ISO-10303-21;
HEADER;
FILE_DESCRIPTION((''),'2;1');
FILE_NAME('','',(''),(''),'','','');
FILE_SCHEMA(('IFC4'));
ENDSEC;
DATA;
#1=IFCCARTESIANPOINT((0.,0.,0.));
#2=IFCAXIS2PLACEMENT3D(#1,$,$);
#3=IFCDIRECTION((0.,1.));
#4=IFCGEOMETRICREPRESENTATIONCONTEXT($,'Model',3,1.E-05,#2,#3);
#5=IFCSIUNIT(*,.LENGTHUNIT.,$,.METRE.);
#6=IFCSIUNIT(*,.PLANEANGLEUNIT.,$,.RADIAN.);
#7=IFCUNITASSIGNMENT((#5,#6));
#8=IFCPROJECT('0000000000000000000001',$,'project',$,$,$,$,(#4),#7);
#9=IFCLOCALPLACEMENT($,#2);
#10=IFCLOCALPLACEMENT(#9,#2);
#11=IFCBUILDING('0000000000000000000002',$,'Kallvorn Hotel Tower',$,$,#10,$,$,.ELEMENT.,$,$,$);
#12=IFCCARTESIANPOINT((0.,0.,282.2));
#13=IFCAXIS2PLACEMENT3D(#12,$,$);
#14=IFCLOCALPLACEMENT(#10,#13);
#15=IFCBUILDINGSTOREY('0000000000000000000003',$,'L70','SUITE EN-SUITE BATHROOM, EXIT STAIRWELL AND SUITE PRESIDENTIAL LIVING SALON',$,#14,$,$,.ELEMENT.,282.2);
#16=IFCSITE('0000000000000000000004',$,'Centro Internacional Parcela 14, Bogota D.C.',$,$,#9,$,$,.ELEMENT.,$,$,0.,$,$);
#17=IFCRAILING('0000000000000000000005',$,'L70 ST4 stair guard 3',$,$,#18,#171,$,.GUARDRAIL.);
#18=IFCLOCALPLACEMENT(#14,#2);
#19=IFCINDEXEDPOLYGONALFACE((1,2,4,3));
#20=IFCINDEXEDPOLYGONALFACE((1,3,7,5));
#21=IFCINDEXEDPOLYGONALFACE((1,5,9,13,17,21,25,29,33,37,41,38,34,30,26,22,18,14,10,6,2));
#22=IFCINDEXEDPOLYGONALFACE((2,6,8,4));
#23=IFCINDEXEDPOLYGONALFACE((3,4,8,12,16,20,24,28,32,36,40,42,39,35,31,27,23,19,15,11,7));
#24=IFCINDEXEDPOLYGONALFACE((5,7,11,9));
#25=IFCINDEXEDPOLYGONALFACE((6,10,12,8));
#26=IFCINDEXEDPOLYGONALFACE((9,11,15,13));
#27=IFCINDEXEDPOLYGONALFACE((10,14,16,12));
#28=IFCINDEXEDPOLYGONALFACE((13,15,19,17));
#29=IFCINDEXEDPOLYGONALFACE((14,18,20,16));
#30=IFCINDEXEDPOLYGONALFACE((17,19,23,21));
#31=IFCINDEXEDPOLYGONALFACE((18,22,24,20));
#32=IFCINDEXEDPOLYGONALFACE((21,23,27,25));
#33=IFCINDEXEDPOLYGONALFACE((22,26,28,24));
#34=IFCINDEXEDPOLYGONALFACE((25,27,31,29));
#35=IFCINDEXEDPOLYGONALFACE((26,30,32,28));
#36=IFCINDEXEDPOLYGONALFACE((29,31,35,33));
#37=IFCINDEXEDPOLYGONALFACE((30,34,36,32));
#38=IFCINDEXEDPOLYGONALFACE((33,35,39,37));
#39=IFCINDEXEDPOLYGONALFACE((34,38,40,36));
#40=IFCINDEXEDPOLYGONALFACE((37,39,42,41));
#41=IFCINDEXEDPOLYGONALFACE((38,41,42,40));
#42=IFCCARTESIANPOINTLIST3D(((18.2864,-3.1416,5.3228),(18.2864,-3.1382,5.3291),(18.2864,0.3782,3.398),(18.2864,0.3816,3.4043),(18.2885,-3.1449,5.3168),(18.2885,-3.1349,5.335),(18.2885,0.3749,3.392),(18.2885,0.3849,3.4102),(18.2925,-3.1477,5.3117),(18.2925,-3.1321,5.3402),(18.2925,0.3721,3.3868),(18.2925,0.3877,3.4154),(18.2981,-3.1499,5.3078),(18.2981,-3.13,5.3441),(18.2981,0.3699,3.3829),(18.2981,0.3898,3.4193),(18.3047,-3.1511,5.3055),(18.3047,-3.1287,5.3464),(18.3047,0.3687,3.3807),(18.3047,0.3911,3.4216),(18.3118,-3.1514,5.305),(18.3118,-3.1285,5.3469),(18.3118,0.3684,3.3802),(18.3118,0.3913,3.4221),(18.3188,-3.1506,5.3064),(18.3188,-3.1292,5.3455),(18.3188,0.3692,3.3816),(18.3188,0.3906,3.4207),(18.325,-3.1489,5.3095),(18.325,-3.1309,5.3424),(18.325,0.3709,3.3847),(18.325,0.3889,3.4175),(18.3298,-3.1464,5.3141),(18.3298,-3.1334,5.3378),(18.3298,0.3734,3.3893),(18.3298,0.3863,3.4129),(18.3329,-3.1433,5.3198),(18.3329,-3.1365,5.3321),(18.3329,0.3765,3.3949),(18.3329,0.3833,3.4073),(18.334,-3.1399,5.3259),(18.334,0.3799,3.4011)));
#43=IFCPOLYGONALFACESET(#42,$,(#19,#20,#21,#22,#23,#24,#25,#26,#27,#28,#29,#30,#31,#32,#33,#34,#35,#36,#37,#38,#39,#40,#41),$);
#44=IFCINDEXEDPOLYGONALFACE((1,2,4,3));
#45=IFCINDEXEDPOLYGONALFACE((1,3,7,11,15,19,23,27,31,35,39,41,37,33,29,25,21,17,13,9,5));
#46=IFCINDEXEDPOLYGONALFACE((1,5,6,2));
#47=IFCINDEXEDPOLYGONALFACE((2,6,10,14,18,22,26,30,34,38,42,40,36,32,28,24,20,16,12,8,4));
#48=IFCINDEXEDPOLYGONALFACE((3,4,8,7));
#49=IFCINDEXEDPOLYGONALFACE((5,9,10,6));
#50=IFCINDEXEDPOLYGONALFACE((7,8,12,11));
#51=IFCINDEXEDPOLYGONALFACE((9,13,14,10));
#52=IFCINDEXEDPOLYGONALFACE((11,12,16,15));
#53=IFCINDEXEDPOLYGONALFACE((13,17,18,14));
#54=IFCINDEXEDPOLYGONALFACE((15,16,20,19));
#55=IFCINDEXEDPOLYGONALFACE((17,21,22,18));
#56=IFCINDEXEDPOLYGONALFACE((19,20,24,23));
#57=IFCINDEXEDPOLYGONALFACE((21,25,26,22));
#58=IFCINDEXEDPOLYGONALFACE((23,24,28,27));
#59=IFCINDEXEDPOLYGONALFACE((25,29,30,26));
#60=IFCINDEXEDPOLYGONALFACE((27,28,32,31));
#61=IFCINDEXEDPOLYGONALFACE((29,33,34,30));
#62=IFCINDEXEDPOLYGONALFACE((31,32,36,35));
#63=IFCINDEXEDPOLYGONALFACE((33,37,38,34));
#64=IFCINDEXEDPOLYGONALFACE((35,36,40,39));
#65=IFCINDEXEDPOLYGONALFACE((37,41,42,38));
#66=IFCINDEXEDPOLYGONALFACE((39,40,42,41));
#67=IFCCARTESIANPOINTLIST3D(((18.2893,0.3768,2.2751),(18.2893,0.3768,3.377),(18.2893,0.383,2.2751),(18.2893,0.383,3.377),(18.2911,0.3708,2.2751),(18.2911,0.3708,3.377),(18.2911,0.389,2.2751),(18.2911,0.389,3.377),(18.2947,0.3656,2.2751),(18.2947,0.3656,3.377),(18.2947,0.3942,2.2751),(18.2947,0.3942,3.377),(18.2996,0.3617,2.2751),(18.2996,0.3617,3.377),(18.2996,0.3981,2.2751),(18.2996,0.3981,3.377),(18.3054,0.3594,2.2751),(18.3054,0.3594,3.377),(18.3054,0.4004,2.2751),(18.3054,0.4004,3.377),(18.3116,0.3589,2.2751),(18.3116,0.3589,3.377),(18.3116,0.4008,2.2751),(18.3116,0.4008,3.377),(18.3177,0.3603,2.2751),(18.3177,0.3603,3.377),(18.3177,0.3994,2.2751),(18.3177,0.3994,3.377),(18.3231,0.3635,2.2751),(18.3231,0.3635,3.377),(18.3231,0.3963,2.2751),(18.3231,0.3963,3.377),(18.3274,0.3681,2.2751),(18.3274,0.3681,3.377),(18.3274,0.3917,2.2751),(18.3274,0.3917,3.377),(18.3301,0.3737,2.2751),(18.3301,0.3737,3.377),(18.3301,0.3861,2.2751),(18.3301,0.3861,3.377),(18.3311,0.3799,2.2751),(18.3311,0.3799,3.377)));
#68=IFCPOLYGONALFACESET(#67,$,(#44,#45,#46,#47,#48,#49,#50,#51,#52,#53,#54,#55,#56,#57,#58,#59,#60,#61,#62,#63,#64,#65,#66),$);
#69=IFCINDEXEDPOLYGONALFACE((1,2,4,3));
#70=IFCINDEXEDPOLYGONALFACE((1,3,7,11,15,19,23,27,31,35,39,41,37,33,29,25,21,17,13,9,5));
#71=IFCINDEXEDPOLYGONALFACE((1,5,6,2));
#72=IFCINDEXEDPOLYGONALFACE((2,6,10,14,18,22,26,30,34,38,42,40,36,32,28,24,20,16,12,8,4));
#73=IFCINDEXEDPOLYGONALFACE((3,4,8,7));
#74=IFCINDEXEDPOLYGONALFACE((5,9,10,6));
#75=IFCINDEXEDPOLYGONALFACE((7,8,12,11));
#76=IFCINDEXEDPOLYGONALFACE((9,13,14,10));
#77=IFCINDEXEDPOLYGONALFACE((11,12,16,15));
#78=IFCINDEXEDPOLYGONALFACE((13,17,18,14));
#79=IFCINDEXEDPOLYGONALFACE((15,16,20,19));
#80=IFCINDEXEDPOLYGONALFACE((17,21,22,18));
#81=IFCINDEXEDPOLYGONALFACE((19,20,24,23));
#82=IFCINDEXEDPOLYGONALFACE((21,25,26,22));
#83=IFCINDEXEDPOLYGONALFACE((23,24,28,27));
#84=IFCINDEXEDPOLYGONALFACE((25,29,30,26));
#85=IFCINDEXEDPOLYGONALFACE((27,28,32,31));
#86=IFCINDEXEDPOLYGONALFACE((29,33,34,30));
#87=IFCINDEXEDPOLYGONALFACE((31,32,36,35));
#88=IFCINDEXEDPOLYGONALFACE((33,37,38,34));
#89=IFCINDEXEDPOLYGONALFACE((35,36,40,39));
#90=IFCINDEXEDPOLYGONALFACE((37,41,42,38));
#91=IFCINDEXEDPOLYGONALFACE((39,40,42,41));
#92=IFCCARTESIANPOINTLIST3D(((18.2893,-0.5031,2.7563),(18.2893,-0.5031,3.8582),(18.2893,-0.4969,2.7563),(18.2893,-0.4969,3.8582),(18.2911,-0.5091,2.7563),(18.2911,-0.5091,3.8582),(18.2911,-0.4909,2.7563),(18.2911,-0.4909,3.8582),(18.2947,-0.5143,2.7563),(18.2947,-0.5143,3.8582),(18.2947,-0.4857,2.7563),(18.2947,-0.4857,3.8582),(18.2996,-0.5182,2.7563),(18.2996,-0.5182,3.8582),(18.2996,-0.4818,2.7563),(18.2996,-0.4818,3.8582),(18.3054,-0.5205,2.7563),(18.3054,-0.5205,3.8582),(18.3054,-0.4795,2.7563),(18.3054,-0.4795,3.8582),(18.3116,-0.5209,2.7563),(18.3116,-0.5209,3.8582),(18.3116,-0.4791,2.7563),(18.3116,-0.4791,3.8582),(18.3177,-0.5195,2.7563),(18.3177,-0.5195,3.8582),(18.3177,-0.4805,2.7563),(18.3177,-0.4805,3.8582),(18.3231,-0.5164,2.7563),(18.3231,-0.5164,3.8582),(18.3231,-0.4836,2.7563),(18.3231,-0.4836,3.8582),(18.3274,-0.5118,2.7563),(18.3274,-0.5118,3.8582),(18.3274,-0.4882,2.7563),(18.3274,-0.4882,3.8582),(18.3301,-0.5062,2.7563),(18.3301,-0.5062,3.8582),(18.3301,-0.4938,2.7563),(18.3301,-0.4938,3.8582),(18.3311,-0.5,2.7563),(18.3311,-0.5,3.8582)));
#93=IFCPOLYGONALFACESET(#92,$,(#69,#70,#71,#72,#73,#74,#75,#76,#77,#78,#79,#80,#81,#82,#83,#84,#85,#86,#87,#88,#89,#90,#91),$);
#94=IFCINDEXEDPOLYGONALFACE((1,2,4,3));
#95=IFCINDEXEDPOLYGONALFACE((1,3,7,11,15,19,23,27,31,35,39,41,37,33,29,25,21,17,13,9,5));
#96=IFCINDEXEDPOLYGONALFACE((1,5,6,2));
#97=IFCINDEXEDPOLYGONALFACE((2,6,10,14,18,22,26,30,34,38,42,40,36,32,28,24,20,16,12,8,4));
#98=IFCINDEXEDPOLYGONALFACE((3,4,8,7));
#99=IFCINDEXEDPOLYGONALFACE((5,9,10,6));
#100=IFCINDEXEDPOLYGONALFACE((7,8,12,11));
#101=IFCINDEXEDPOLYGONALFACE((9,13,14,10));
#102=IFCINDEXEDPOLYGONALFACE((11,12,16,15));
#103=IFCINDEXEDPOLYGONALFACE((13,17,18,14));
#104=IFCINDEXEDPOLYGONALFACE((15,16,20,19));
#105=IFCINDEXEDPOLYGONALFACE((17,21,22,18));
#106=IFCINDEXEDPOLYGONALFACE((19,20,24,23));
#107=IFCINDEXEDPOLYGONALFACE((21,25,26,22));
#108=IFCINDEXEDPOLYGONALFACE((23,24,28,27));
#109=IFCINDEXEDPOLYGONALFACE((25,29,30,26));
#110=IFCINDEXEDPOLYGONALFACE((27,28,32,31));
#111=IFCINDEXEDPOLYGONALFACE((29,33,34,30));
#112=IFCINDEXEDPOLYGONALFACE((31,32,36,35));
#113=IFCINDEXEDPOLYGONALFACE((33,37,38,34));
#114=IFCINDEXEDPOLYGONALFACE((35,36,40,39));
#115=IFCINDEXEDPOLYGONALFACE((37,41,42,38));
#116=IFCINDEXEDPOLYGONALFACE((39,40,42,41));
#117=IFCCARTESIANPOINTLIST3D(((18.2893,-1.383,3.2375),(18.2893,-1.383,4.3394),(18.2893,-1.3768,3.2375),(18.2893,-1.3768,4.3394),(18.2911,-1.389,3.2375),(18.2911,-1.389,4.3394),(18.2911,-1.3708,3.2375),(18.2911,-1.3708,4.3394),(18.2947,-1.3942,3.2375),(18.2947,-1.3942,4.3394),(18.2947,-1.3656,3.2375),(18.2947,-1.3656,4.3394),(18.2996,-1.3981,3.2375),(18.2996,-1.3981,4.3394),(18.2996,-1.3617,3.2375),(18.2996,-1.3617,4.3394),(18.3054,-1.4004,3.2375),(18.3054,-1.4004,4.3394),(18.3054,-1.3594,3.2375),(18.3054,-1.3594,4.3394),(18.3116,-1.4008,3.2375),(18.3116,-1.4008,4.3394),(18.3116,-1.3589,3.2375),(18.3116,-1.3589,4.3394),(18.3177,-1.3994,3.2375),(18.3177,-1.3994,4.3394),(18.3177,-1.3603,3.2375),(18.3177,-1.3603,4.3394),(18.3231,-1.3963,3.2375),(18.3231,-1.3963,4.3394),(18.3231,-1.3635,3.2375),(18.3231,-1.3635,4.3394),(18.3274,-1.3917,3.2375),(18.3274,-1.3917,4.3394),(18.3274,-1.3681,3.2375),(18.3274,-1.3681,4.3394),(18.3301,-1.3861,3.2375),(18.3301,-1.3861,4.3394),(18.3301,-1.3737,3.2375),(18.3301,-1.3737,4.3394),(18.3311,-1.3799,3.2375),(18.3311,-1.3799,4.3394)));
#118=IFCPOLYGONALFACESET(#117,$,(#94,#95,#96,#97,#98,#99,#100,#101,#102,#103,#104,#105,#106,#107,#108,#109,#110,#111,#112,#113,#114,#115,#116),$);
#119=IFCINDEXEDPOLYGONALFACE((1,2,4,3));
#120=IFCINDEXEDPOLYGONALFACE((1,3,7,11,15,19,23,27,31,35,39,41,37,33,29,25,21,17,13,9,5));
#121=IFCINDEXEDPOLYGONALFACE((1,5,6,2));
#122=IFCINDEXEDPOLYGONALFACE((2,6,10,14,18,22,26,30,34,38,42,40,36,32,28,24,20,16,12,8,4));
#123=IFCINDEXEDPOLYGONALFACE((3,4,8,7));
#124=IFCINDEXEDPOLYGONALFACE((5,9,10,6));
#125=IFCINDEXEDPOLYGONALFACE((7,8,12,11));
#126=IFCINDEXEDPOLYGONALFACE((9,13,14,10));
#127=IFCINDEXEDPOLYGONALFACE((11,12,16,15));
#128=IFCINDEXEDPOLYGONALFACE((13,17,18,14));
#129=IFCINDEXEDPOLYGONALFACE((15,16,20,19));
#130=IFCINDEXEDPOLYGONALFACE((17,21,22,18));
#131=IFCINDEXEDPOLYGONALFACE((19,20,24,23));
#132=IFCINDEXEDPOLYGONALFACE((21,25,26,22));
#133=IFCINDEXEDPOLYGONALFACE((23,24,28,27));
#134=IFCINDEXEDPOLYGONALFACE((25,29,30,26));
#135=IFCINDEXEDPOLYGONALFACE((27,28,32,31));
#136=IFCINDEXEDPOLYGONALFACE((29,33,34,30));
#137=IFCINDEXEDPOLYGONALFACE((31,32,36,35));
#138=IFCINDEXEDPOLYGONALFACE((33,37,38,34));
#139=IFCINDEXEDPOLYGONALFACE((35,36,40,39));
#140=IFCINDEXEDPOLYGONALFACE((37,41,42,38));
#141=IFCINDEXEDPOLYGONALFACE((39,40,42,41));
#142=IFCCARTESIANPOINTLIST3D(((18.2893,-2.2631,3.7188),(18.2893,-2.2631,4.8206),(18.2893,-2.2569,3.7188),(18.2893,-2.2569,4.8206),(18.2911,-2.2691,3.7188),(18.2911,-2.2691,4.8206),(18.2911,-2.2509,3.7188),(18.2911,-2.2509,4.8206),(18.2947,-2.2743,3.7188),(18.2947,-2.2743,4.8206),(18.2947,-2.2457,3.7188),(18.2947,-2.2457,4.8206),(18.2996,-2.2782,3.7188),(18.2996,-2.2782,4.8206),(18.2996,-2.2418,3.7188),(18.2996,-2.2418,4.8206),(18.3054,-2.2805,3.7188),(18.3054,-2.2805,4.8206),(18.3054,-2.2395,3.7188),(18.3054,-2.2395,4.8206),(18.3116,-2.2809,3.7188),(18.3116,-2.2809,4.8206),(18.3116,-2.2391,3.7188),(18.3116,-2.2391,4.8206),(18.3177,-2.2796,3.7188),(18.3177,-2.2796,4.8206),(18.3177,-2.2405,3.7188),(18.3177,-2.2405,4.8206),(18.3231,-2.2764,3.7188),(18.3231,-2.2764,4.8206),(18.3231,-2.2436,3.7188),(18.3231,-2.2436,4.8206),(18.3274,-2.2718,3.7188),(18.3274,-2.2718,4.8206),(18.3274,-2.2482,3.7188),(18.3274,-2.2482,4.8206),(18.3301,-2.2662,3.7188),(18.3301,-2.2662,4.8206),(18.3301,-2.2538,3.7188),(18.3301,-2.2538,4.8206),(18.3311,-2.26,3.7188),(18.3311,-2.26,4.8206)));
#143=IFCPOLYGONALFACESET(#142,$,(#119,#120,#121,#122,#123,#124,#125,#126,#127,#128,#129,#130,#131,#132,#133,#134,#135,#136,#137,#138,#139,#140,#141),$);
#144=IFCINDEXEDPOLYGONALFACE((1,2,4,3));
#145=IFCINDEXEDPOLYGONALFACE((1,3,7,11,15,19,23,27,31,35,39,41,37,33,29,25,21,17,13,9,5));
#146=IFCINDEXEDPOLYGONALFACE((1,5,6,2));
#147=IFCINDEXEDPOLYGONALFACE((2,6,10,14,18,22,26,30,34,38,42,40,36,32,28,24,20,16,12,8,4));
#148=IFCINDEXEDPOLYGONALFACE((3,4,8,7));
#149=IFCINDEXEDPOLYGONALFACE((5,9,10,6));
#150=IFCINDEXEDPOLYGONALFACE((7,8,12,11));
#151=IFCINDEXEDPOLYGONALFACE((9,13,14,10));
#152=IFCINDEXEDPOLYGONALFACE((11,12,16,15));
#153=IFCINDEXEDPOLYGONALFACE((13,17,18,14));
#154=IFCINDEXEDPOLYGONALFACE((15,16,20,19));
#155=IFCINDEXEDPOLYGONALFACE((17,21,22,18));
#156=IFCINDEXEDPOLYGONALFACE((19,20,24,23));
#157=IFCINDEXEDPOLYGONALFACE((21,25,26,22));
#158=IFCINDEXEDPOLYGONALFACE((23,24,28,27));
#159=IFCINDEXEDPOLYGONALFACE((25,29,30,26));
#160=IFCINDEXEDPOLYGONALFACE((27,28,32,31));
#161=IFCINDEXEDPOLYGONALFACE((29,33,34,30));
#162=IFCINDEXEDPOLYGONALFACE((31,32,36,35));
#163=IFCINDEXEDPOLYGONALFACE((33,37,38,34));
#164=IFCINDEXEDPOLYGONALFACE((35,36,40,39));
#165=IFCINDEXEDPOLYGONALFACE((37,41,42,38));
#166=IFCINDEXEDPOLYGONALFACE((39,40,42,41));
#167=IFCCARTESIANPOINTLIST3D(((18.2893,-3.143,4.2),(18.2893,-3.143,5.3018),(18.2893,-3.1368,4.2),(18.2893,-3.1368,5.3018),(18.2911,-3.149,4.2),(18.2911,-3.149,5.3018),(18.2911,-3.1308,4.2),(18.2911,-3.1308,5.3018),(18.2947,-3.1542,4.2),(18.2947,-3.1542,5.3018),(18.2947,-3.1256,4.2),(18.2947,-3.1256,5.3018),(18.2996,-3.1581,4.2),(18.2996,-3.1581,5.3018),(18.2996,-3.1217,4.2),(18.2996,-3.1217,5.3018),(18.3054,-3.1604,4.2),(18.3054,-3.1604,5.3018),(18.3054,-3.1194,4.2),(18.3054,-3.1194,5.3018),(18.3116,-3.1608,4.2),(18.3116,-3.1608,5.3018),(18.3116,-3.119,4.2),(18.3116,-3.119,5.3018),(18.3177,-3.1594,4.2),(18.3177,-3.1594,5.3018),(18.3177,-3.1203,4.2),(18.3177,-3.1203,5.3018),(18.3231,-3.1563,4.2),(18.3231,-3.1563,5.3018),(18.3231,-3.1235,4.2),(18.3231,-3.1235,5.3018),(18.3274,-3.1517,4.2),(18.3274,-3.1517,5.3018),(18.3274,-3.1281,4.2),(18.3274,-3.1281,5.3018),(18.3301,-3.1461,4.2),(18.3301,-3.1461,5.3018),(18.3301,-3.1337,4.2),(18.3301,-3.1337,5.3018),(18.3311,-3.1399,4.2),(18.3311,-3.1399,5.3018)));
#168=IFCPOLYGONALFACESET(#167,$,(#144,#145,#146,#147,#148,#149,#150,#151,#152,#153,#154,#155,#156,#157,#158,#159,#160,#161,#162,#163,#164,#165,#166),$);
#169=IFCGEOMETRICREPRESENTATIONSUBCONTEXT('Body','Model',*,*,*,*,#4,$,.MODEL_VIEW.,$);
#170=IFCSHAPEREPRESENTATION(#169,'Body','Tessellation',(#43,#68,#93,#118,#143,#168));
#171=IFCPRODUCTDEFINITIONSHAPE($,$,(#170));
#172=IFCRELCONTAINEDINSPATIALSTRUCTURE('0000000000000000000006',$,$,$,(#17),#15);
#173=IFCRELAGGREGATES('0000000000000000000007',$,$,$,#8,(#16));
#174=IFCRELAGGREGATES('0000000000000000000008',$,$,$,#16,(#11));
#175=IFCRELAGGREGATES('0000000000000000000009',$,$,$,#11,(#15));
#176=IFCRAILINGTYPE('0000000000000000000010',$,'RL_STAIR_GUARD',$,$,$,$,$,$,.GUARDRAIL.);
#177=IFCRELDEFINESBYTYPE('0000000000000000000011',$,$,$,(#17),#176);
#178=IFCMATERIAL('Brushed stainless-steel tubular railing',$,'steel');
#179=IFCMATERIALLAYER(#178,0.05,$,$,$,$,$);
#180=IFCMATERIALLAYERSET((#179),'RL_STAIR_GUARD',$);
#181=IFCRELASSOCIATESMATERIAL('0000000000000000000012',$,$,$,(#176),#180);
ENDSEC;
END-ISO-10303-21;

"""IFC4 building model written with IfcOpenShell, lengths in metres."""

from ifc_helpers import new_model, si_unit, direction, frame, origin, origin_2d, place, context, subcontext, project, spatial, circle, extrude, material, layer, layer_set, type_object, element, save


model = new_model("IFC4")

# Units and contexts
model_context = context("Model", 3, precision=1e-05, world=origin(), true_north=direction((0.0, 1.0)))
body_context = subcontext(model_context, "Body", "Model", "MODEL_VIEW")
ifc_project = project(units=[si_unit("LENGTHUNIT", "METRE"), si_unit("PLANEANGLEUNIT", "RADIAN")], contexts=[model_context])

# Site, building, storey
site_placement = place(None, origin())
site = spatial("IfcSite", under=ifc_project, at=site_placement, Name="Centro Internacional Parcela 14, Bogota D.C.", CompositionType="ELEMENT", RefElevation=0.0)
building_placement = place(site_placement, origin())
building = spatial("IfcBuilding", under=site, at=building_placement, Name="Kallvorn Hotel Tower", CompositionType="ELEMENT")
storey_placement = place(building_placement, frame((0.0, 0.0, 282.2)))
storey = spatial("IfcBuildingStorey", under=building, at=storey_placement, Name="L70", Description="SUITE EN-SUITE BATHROOM, EXIT STAIRWELL AND SUITE PRESIDENTIAL LIVING SALON", CompositionType="ELEMENT", Elevation=282.2)

# Railing
ifc_material_1 = material(Name="Brushed stainless-steel tubular railing", Category="steel")
ifc_layer_1 = layer(ifc_material_1, 0.05)
ifc_layer_set_1 = layer_set([ifc_layer_1], Name="RL_STAIR_GUARD")
railing_type_1 = type_object("IfcRailingType", Name="RL_STAIR_GUARD", PredefinedType="GUARDRAIL", material=ifc_layer_set_1)
railing_1_placement = place(storey_placement, frame((18.3101, 0.3799, 2.2751)))
element("IfcRailing", 1, at=railing_1_placement, inside=storey, type_object=railing_type_1, Name="L70 ST4 stair guard 3", PredefinedType="GUARDRAIL", context=body_context, shape_type="SweptSolid", body=[
    extrude(circle(Radius=0.0239, at=origin_2d()), frame((0.0, 0.0, 1.126), z_axis=(0.0, -0.877379, 0.479798), x_axis=(1.0, 0.0, 0.0)), (0.0, 0.0, 1.0), 4.0117),
    extrude(circle(Radius=0.021, at=origin_2d()), origin(), (0.0, 0.0, 1.0), 1.1018),
    extrude(circle(Radius=0.021, at=origin_2d()), frame((0.0, -0.8799, 0.4812)), (0.0, 0.0, 1.0), 1.1018),
    extrude(circle(Radius=0.021, at=origin_2d()), frame((0.0, -1.7598, 0.9624)), (0.0, 0.0, 1.0), 1.1018),
    extrude(circle(Radius=0.021, at=origin_2d()), frame((0.0, -2.6399, 1.4436)), (0.0, 0.0, 1.0), 1.1018),
    extrude(circle(Radius=0.021, at=origin_2d()), frame((0.0, -3.5198, 1.9248)), (0.0, 0.0, 1.0), 1.1018),
])

save(model, "model.ifc")
